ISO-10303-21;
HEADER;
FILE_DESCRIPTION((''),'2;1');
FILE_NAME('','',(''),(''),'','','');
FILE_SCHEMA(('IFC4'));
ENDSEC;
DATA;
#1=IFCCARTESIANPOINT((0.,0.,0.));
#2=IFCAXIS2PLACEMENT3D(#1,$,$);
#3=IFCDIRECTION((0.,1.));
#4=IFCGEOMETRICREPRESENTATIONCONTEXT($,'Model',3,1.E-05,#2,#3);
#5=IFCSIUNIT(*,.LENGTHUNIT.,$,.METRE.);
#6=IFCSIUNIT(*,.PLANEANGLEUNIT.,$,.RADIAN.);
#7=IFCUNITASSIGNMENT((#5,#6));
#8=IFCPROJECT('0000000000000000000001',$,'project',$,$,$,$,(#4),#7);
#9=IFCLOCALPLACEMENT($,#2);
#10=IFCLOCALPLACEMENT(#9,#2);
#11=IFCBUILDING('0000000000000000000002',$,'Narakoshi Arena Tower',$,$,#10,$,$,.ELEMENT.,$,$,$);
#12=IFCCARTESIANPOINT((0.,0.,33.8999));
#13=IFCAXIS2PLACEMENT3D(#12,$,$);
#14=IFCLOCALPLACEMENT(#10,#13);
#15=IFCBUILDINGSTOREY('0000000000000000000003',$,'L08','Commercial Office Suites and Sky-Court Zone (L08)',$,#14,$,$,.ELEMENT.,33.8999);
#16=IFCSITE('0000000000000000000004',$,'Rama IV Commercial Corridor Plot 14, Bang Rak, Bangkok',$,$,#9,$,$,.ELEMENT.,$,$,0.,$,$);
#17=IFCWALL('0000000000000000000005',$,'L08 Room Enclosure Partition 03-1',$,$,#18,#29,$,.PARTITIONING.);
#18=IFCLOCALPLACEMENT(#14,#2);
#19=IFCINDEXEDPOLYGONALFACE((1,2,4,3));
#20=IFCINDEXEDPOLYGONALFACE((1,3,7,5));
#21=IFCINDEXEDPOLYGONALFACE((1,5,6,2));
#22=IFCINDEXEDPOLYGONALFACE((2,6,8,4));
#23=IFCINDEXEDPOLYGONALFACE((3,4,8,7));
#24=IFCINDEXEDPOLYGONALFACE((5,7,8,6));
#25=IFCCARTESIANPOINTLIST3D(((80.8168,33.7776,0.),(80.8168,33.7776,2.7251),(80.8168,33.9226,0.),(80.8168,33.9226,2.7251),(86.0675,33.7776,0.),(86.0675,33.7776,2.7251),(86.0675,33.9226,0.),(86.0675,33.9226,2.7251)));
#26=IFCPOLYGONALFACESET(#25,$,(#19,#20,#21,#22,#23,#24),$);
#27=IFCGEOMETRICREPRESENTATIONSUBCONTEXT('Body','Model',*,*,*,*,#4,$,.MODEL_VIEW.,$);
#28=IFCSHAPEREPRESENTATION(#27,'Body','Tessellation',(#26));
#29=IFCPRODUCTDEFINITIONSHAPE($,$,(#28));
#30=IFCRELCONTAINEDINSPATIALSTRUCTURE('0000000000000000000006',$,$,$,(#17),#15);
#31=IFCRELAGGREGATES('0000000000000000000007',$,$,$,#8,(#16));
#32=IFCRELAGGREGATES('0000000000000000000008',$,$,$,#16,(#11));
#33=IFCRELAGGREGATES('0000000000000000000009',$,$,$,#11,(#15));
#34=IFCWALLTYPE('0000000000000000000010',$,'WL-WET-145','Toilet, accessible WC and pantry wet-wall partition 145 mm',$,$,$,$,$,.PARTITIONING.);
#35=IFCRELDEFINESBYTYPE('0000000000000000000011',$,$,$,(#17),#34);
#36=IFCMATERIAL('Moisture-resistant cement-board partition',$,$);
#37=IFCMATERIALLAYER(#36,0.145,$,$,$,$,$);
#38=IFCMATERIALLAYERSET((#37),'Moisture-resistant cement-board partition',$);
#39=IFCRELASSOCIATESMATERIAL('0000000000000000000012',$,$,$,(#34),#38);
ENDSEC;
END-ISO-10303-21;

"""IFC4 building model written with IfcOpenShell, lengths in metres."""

from ifc_helpers import new_model, si_unit, direction, frame, frame_2d, origin, place, context, subcontext, project, spatial, rectangle, extrude, material, layer, layer_set, type_object, element, save


model = new_model("IFC4")

# Units and contexts
model_context = context("Model", 3, precision=1e-05, world=origin(), true_north=direction((0.0, 1.0)))
body_context = subcontext(model_context, "Body", "Model", "MODEL_VIEW")
ifc_project = project(units=[si_unit("LENGTHUNIT", "METRE"), si_unit("PLANEANGLEUNIT", "RADIAN")], contexts=[model_context])

# Site, building, storey
site_placement = place(None, origin())
site = spatial("IfcSite", under=ifc_project, at=site_placement, Name="Rama IV Commercial Corridor Plot 14, Bang Rak, Bangkok", CompositionType="ELEMENT", RefElevation=0.0)
building_placement = place(site_placement, origin())
building = spatial("IfcBuilding", under=site, at=building_placement, Name="Narakoshi Arena Tower", CompositionType="ELEMENT")
storey_placement = place(building_placement, frame((0.0, 0.0, 33.8999)))
storey = spatial("IfcBuildingStorey", under=building, at=storey_placement, Name="L08", Description="Commercial Office Suites and Sky-Court Zone (L08)", CompositionType="ELEMENT", Elevation=33.8999)

# Shared definitions
ifc_material_1 = material(Name="Moisture-resistant cement-board partition")
ifc_layer_1 = layer(ifc_material_1, 0.145)
ifc_layer_set_1 = layer_set([ifc_layer_1], Name="Moisture-resistant cement-board partition")
wall_type_1 = type_object("IfcWallType", Name="WL-WET-145", Description="Toilet, accessible WC and pantry wet-wall partition 145 mm", PredefinedType="PARTITIONING", material=ifc_layer_set_1)

# Wall
wall_1_placement = place(storey_placement, frame((80.8167, 33.8501, 0.0), z_axis=(0.0, 0.0, 1.0), x_axis=(1.0, 0.0, 0.0)))
element("IfcWall", 1, at=wall_1_placement, inside=storey, type_object=wall_type_1, Name="L08 Room Enclosure Partition 03-1", PredefinedType="PARTITIONING", context=body_context, shape_type="SweptSolid", body=[
    extrude(rectangle(XDim=5.2507, YDim=0.145, at=frame_2d((2.6255, 0.0))), origin(), (0.0, 0.0, 1.0), 2.7251),
])

save(model, "model.ifc")
